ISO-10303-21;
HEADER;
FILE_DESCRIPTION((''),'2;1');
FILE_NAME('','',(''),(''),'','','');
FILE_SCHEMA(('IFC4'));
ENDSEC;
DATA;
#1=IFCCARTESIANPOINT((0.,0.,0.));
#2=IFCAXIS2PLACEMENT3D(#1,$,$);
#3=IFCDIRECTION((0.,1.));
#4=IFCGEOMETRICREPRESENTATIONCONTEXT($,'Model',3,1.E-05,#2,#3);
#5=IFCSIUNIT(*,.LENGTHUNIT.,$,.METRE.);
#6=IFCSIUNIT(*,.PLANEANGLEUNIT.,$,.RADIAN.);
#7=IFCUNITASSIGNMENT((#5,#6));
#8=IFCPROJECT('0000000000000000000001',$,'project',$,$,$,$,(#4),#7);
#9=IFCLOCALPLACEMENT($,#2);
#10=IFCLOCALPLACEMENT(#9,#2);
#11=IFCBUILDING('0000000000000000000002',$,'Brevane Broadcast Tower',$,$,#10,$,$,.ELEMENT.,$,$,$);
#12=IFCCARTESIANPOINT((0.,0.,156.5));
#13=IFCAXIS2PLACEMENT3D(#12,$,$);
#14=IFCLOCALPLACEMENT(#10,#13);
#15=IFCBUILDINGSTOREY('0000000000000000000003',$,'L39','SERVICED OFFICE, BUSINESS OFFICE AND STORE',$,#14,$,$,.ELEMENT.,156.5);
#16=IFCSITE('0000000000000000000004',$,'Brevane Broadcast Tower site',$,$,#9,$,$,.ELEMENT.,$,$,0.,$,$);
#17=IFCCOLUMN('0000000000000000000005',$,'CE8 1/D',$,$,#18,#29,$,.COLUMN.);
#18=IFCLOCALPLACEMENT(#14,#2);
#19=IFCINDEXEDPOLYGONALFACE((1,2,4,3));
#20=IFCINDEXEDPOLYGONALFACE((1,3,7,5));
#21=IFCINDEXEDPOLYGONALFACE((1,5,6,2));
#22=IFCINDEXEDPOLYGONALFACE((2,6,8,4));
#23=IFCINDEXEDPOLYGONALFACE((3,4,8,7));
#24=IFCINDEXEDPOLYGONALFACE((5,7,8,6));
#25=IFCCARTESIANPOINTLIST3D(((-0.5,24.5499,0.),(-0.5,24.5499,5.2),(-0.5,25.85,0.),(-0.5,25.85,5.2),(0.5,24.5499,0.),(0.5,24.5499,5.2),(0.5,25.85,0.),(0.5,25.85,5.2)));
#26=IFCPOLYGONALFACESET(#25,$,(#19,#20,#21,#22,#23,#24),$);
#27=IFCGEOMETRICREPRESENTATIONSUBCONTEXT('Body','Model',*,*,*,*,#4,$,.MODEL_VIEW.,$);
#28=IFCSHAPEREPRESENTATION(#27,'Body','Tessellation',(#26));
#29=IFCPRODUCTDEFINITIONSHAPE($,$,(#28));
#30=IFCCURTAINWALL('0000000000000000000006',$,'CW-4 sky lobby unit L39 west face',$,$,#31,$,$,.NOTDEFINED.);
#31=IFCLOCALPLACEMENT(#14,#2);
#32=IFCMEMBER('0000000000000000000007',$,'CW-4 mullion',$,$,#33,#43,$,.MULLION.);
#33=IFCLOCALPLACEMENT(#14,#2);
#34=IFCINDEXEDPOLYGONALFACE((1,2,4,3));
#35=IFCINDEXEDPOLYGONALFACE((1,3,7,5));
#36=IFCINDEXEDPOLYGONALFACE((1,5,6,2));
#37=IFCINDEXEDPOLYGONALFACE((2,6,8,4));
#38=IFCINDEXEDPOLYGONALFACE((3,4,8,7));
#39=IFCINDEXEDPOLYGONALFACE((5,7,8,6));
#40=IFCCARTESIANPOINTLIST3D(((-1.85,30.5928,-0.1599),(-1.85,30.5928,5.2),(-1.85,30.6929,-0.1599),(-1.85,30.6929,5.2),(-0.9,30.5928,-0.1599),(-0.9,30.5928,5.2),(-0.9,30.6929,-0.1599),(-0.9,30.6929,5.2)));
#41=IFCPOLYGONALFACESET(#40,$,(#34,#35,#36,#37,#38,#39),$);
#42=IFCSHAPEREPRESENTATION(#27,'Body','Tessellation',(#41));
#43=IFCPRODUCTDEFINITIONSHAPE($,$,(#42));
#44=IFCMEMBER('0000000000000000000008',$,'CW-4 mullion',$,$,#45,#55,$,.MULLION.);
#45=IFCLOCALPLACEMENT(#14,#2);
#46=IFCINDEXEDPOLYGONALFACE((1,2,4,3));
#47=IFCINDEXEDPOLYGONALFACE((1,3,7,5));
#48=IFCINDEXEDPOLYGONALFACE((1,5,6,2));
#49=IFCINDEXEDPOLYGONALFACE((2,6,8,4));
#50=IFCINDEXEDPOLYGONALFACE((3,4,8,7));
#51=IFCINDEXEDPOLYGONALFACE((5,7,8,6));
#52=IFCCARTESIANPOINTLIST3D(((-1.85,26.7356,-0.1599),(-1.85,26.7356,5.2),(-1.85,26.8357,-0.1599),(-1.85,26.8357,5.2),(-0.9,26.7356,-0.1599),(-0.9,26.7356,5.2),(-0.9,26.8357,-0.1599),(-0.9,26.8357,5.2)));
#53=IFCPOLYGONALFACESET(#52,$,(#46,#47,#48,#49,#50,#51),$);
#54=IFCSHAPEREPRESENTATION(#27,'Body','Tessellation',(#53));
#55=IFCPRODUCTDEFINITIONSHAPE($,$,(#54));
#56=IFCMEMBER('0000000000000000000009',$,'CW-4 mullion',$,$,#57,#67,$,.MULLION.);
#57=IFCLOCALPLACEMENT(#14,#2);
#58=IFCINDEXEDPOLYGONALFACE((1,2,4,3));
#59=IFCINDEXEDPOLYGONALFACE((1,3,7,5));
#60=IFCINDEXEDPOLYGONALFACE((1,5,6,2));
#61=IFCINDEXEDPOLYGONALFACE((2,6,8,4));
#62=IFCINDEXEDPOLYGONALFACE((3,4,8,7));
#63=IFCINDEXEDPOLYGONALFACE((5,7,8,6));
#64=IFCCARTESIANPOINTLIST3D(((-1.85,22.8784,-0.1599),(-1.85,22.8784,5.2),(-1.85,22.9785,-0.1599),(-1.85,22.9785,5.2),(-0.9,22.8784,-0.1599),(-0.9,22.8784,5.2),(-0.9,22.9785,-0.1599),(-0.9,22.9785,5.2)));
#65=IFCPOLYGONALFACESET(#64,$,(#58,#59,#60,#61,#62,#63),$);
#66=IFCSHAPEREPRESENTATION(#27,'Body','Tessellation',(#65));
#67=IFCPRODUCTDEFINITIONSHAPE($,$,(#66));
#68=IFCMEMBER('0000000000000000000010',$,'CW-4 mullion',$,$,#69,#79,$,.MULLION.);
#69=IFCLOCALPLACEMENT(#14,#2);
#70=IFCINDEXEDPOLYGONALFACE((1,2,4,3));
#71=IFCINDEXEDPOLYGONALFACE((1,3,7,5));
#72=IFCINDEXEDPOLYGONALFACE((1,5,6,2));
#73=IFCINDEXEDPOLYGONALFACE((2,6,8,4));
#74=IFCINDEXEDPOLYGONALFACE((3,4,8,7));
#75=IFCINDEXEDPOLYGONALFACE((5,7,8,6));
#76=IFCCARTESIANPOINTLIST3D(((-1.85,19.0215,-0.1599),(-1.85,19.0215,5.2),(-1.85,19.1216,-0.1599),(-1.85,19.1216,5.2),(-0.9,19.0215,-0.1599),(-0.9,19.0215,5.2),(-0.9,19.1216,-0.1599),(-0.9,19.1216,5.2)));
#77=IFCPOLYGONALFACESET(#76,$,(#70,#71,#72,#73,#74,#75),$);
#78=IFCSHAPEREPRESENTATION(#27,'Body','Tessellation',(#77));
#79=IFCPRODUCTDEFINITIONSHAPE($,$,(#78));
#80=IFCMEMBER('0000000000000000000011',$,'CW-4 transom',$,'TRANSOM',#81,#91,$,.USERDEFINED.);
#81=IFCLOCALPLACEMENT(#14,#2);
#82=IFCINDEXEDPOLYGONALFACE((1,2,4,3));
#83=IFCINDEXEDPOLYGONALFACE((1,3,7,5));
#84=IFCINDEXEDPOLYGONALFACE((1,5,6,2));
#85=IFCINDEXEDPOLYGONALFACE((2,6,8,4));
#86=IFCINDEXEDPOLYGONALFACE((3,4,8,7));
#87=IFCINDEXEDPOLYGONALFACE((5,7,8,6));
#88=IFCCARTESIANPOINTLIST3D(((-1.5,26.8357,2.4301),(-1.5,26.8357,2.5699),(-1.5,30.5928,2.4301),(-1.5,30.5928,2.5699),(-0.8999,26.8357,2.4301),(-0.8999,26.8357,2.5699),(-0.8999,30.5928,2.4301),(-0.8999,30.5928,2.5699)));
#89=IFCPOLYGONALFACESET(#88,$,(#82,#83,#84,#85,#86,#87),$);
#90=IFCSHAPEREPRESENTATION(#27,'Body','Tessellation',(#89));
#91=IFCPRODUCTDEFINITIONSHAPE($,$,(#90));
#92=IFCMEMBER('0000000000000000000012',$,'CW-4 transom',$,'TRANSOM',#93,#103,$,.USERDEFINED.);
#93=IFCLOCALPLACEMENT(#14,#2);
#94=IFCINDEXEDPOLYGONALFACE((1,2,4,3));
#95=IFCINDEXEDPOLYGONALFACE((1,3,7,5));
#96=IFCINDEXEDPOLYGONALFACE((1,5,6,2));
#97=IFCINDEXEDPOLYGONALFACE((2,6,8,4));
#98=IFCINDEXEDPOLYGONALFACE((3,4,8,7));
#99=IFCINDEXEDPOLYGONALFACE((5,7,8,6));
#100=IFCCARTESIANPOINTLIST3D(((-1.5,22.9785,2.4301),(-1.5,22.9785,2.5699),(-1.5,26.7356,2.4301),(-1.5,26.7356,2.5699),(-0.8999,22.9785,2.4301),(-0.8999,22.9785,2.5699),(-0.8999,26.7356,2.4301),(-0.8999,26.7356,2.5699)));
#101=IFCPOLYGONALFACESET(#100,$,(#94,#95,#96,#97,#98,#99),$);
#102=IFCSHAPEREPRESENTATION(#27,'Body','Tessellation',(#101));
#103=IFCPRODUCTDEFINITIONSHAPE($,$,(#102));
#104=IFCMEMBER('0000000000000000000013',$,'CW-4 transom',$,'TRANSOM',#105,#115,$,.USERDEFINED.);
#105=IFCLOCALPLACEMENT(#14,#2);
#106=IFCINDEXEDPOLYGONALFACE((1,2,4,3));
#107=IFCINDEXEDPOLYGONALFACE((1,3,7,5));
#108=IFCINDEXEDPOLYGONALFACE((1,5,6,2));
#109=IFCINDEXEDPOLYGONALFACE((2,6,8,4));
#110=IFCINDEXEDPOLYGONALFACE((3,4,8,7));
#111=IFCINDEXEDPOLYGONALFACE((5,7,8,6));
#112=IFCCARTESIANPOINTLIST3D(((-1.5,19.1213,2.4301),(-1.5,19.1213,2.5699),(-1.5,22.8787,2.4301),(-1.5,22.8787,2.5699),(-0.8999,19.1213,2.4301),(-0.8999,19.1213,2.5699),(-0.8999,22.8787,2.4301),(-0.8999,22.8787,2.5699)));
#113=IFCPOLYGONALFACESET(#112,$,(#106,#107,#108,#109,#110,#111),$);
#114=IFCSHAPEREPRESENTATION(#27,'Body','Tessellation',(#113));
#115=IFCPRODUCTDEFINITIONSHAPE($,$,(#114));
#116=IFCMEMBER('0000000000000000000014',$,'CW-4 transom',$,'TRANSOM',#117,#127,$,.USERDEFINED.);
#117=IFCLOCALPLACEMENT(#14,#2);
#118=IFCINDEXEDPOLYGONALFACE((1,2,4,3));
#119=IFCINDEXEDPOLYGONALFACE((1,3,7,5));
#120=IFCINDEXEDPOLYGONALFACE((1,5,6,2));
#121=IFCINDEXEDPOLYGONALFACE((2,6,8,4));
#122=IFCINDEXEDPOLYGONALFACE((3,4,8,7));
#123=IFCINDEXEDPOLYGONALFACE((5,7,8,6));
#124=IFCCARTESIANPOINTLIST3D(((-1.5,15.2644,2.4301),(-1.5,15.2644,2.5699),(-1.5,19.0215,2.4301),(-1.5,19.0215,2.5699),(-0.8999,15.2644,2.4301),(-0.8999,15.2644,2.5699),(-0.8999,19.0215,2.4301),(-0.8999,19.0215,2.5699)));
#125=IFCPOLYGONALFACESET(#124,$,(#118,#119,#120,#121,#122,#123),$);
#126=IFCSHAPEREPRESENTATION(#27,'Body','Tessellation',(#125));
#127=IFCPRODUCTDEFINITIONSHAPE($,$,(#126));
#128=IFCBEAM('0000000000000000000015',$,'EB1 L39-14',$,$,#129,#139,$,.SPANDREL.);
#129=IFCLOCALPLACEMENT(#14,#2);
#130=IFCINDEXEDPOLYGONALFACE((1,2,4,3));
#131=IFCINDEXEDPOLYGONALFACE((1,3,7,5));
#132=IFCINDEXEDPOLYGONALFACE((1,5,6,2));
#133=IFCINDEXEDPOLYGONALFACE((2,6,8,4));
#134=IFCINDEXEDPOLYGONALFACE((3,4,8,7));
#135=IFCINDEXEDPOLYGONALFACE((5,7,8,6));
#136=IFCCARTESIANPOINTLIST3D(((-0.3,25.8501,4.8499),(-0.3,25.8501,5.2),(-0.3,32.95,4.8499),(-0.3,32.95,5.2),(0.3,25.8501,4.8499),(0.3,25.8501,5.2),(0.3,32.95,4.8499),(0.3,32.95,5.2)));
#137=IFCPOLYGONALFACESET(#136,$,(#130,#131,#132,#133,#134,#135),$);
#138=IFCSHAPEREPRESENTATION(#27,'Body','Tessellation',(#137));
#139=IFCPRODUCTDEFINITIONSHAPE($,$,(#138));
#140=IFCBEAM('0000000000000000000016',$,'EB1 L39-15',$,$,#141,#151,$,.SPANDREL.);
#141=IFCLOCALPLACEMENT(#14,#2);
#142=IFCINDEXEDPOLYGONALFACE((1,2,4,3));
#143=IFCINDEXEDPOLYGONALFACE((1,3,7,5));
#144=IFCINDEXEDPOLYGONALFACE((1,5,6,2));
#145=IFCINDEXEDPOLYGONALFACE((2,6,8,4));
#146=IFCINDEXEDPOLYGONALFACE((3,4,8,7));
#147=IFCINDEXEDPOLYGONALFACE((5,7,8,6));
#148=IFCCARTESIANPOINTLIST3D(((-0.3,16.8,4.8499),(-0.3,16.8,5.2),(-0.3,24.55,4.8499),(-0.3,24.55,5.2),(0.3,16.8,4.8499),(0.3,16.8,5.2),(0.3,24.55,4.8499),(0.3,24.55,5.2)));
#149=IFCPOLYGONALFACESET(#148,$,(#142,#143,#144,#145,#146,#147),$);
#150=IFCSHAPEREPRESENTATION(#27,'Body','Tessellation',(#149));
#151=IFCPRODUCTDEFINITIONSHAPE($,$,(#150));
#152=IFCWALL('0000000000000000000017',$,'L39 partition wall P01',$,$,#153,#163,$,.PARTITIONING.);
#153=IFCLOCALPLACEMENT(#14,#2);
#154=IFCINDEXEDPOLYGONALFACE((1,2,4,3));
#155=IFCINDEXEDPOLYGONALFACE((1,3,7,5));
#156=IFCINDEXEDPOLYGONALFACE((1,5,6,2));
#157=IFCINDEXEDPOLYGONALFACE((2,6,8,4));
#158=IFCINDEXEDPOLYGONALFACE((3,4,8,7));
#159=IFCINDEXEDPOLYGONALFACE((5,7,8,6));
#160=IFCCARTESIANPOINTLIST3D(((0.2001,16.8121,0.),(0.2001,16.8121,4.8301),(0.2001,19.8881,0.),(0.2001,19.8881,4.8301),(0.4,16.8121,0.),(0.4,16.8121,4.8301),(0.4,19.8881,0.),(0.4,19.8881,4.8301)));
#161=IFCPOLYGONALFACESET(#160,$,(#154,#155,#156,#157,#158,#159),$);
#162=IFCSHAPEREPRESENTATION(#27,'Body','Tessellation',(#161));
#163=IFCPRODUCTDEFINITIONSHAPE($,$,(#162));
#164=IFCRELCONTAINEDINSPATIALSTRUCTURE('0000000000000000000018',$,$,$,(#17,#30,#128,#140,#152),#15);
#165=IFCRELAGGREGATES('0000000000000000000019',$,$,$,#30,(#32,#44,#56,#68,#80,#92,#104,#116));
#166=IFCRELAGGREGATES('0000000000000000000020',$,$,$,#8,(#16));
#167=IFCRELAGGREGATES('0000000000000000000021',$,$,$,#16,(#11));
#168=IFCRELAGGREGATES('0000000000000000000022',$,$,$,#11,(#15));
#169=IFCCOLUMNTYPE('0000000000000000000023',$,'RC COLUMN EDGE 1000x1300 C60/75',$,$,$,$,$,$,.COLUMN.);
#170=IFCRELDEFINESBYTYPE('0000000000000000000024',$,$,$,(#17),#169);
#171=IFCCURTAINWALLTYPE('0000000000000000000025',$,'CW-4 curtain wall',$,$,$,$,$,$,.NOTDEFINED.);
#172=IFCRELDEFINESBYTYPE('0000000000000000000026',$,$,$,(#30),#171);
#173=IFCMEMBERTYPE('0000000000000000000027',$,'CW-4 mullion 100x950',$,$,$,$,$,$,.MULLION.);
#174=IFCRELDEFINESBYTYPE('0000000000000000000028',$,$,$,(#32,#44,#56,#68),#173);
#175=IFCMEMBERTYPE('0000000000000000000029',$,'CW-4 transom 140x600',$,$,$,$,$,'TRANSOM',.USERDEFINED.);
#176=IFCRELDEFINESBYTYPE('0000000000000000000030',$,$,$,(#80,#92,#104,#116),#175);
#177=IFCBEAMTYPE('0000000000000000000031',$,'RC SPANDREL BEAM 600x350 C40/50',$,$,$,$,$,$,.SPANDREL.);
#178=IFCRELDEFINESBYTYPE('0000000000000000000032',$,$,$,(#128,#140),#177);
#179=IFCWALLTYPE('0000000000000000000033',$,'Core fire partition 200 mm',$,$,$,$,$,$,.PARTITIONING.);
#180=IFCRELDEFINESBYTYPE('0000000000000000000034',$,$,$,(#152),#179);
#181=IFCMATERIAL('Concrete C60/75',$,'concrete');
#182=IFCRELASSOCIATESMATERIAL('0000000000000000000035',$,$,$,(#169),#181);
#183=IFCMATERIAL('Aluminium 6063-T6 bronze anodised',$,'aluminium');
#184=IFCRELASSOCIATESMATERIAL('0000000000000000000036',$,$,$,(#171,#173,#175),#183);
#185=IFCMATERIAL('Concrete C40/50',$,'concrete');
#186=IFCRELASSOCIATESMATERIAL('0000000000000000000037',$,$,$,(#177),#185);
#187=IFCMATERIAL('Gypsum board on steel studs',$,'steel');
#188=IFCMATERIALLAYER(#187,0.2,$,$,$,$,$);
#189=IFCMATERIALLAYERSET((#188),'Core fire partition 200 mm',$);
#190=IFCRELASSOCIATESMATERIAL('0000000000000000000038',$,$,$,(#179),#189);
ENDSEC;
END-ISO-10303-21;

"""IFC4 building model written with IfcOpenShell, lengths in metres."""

from ifc_helpers import new_model, si_unit, direction, frame, frame_2d, origin, origin_2d, place, context, subcontext, project, spatial, rectangle, extrude, material, layer, layer_set, material_profile, profile_set, type_object, element, aggregate, save


model = new_model("IFC4")

# Units and contexts
model_context = context("Model", 3, precision=1e-05, world=origin(), true_north=direction((0.0, 1.0)))
body_context = subcontext(model_context, "Body", "Model", "MODEL_VIEW")
ifc_project = project(units=[si_unit("LENGTHUNIT", "METRE"), si_unit("PLANEANGLEUNIT", "RADIAN")], contexts=[model_context])

# Site, building, storey
site_placement = place(None, origin())
site = spatial("IfcSite", under=ifc_project, at=site_placement, Name="Brevane Broadcast Tower site", CompositionType="ELEMENT", RefElevation=0.0)
building_placement = place(site_placement, origin())
building = spatial("IfcBuilding", under=site, at=building_placement, Name="Brevane Broadcast Tower", CompositionType="ELEMENT")
storey_placement = place(building_placement, frame((0.0, 0.0, 156.5)))
storey = spatial("IfcBuildingStorey", under=building, at=storey_placement, Name="L39", Description="SERVICED OFFICE, BUSINESS OFFICE AND STORE", CompositionType="ELEMENT", Elevation=156.5)

# Column
ifc_material_1 = material(Name="Concrete C60/75", Category="concrete")
ifc_material_profile_1 = material_profile(ifc_material_1, rectangle(XDim=1.0, YDim=1.3, at=origin_2d()), Name="RC 1000x1300")
ifc_profile_set_1 = profile_set([ifc_material_profile_1], Name="Concrete C60/75")
column_type = type_object("IfcColumnType", Name="RC COLUMN EDGE 1000x1300 C60/75", PredefinedType="COLUMN", material=ifc_profile_set_1)
column_placement = place(storey_placement, frame((0.0, 25.2, 0.0), z_axis=(0.0, 0.0, 1.0), x_axis=(1.0, 0.0, 0.0)))
element("IfcColumn", 1, at=column_placement, inside=storey, type_object=column_type, Name="CE8 1/D", PredefinedType="COLUMN", context=body_context, shape_type="SweptSolid", body=[
    extrude(rectangle(XDim=1.0, YDim=1.3, at=origin_2d()), origin(), (0.0, 0.0, 1.0), 5.2),
])

# Curtain wall, members
ifc_material_2 = material(Name="Aluminium 6063-T6 bronze anodised", Category="aluminium")
curtain_wall_type = type_object("IfcCurtainWallType", Name="CW-4 curtain wall", PredefinedType="NOTDEFINED", material=ifc_material_2)
curtain_wall_placement = place(storey_placement, origin())
curtain_wall = element("IfcCurtainWall", 2, at=curtain_wall_placement, inside=storey, type_object=curtain_wall_type, Name="CW-4 sky lobby unit L39 west face", PredefinedType="NOTDEFINED")
ifc_material_profile_2 = material_profile(ifc_material_2, rectangle(XDim=0.95, YDim=0.1001, at=origin_2d()), Name="RECT 100x950")
ifc_profile_set_2 = profile_set([ifc_material_profile_2], Name="Aluminium 6063-T6 bronze anodised")
member_type_1 = type_object("IfcMemberType", Name="CW-4 mullion 100x950", PredefinedType="MULLION", material=ifc_profile_set_2)
member_1_placement = place(storey_placement, frame((-1.375, 30.6428, -0.1599), z_axis=(0.0, 0.0, 1.0), x_axis=(1.0, 0.0, 0.0)))
member_1 = element("IfcMember", 3, at=member_1_placement, type_object=member_type_1, Name="CW-4 mullion", PredefinedType="MULLION", context=body_context, shape_type="SweptSolid", body=[
    extrude(rectangle(XDim=0.95, YDim=0.1001, at=origin_2d()), origin(), (0.0, 0.0, 1.0), 5.3599),
])
member_2_placement = place(storey_placement, frame((-1.375, 26.7856, -0.1599), z_axis=(0.0, 0.0, 1.0), x_axis=(1.0, 0.0, 0.0)))
member_2 = element("IfcMember", 4, at=member_2_placement, type_object=member_type_1, Name="CW-4 mullion", PredefinedType="MULLION", context=body_context, shape_type="SweptSolid", body=[
    extrude(rectangle(XDim=0.95, YDim=0.1001, at=origin_2d()), origin(), (0.0, 0.0, 1.0), 5.3599),
])
member_3_placement = place(storey_placement, frame((-1.375, 22.9285, -0.1599), z_axis=(0.0, 0.0, 1.0), x_axis=(1.0, 0.0, 0.0)))
member_3 = element("IfcMember", 5, at=member_3_placement, type_object=member_type_1, Name="CW-4 mullion", PredefinedType="MULLION", context=body_context, shape_type="SweptSolid", body=[
    extrude(rectangle(XDim=0.95, YDim=0.1001, at=origin_2d()), origin(), (0.0, 0.0, 1.0), 5.3599),
])
member_4_placement = place(storey_placement, frame((-1.375, 19.0715, -0.1599), z_axis=(0.0, 0.0, 1.0), x_axis=(1.0, 0.0, 0.0)))
member_4 = element("IfcMember", 6, at=member_4_placement, type_object=member_type_1, Name="CW-4 mullion", PredefinedType="MULLION", context=body_context, shape_type="SweptSolid", body=[
    extrude(rectangle(XDim=0.95, YDim=0.1001, at=origin_2d()), origin(), (0.0, 0.0, 1.0), 5.3599),
])
ifc_material_profile_3 = material_profile(ifc_material_2, rectangle(XDim=0.6001, YDim=0.1399, at=origin_2d()), Name="RECT 140x600")
ifc_profile_set_3 = profile_set([ifc_material_profile_3], Name="Aluminium 6063-T6 bronze anodised")
member_type_2 = type_object("IfcMemberType", Name="CW-4 transom 140x600", ElementType="TRANSOM", PredefinedType="USERDEFINED", material=ifc_profile_set_3)
member_5_placement = place(storey_placement, frame((-1.2, 30.5928, 2.5), z_axis=(0.0, -1.0, 0.0), x_axis=(1.0, 0.0, 0.0)))
member_5 = element("IfcMember", 7, at=member_5_placement, type_object=member_type_2, Name="CW-4 transom", ObjectType="TRANSOM", PredefinedType="USERDEFINED", context=body_context, shape_type="SweptSolid", body=[
    extrude(rectangle(XDim=0.6001, YDim=0.1399, at=origin_2d()), origin(), (0.0, 0.0, 1.0), 3.7571),
])
member_6_placement = place(storey_placement, frame((-1.2, 26.7356, 2.5), z_axis=(0.0, -1.0, 0.0), x_axis=(1.0, 0.0, 0.0)))
member_6 = element("IfcMember", 8, at=member_6_placement, type_object=member_type_2, Name="CW-4 transom", ObjectType="TRANSOM", PredefinedType="USERDEFINED", context=body_context, shape_type="SweptSolid", body=[
    extrude(rectangle(XDim=0.6001, YDim=0.1399, at=origin_2d()), origin(), (0.0, 0.0, 1.0), 3.7571),
])
member_7_placement = place(storey_placement, frame((-1.2, 22.8787, 2.5), z_axis=(0.0, -1.0, 0.0), x_axis=(1.0, 0.0, 0.0)))
member_7 = element("IfcMember", 9, at=member_7_placement, type_object=member_type_2, Name="CW-4 transom", ObjectType="TRANSOM", PredefinedType="USERDEFINED", context=body_context, shape_type="SweptSolid", body=[
    extrude(rectangle(XDim=0.6001, YDim=0.1399, at=origin_2d()), origin(), (0.0, 0.0, 1.0), 3.7573),
])
member_8_placement = place(storey_placement, frame((-1.2, 19.0215, 2.5), z_axis=(0.0, -1.0, 0.0), x_axis=(1.0, 0.0, 0.0)))
member_8 = element("IfcMember", 10, at=member_8_placement, type_object=member_type_2, Name="CW-4 transom", ObjectType="TRANSOM", PredefinedType="USERDEFINED", context=body_context, shape_type="SweptSolid", body=[
    extrude(rectangle(XDim=0.6001, YDim=0.1399, at=origin_2d()), origin(), (0.0, 0.0, 1.0), 3.7571),
])
aggregate(curtain_wall, [member_1, member_2, member_3, member_4, member_5, member_6, member_7, member_8])

# Beams
ifc_material_3 = material(Name="Concrete C40/50", Category="concrete")
ifc_material_profile_4 = material_profile(ifc_material_3, rectangle(XDim=0.6001, YDim=0.3501, at=origin_2d()), Name="RC 600x350")
ifc_profile_set_4 = profile_set([ifc_material_profile_4], Name="Concrete C40/50")
beam_type = type_object("IfcBeamType", Name="RC SPANDREL BEAM 600x350 C40/50", PredefinedType="SPANDREL", material=ifc_profile_set_4)
beam_1_placement = place(storey_placement, frame((0.0, 32.95, 5.0249), z_axis=(0.0, -1.0, 0.0), x_axis=(1.0, 0.0, 0.0)))
element("IfcBeam", 11, at=beam_1_placement, inside=storey, type_object=beam_type, Name="EB1 L39-14", PredefinedType="SPANDREL", context=body_context, shape_type="SweptSolid", body=[
    extrude(rectangle(XDim=0.6001, YDim=0.3501, at=origin_2d()), origin(), (0.0, 0.0, 1.0), 7.0999),
])
beam_2_placement = place(storey_placement, frame((0.0, 24.55, 5.0249), z_axis=(0.0, -1.0, 0.0), x_axis=(1.0, 0.0, 0.0)))
element("IfcBeam", 12, at=beam_2_placement, inside=storey, type_object=beam_type, Name="EB1 L39-15", PredefinedType="SPANDREL", context=body_context, shape_type="SweptSolid", body=[
    extrude(rectangle(XDim=0.6001, YDim=0.3501, at=origin_2d()), origin(), (0.0, 0.0, 1.0), 7.75),
])

# Wall
ifc_material_4 = material(Name="Gypsum board on steel studs", Category="steel")
ifc_layer_1 = layer(ifc_material_4, 0.2)
ifc_layer_set_1 = layer_set([ifc_layer_1], Name="Core fire partition 200 mm")
wall_type_1 = type_object("IfcWallType", Name="Core fire partition 200 mm", PredefinedType="PARTITIONING", material=ifc_layer_set_1)
wall_1_placement = place(storey_placement, frame((0.3, 16.812, 0.0), z_axis=(0.0, 0.0, 1.0), x_axis=(0.0, 1.0, 0.0)))
element("IfcWall", 13, at=wall_1_placement, inside=storey, type_object=wall_type_1, Name="L39 partition wall P01", PredefinedType="PARTITIONING", context=body_context, shape_type="SweptSolid", body=[
    extrude(rectangle(XDim=3.0759, YDim=0.2, at=frame_2d((1.5381, 0.0))), origin(), (0.0, 0.0, 1.0), 4.8301),
])

save(model, "model.ifc")
